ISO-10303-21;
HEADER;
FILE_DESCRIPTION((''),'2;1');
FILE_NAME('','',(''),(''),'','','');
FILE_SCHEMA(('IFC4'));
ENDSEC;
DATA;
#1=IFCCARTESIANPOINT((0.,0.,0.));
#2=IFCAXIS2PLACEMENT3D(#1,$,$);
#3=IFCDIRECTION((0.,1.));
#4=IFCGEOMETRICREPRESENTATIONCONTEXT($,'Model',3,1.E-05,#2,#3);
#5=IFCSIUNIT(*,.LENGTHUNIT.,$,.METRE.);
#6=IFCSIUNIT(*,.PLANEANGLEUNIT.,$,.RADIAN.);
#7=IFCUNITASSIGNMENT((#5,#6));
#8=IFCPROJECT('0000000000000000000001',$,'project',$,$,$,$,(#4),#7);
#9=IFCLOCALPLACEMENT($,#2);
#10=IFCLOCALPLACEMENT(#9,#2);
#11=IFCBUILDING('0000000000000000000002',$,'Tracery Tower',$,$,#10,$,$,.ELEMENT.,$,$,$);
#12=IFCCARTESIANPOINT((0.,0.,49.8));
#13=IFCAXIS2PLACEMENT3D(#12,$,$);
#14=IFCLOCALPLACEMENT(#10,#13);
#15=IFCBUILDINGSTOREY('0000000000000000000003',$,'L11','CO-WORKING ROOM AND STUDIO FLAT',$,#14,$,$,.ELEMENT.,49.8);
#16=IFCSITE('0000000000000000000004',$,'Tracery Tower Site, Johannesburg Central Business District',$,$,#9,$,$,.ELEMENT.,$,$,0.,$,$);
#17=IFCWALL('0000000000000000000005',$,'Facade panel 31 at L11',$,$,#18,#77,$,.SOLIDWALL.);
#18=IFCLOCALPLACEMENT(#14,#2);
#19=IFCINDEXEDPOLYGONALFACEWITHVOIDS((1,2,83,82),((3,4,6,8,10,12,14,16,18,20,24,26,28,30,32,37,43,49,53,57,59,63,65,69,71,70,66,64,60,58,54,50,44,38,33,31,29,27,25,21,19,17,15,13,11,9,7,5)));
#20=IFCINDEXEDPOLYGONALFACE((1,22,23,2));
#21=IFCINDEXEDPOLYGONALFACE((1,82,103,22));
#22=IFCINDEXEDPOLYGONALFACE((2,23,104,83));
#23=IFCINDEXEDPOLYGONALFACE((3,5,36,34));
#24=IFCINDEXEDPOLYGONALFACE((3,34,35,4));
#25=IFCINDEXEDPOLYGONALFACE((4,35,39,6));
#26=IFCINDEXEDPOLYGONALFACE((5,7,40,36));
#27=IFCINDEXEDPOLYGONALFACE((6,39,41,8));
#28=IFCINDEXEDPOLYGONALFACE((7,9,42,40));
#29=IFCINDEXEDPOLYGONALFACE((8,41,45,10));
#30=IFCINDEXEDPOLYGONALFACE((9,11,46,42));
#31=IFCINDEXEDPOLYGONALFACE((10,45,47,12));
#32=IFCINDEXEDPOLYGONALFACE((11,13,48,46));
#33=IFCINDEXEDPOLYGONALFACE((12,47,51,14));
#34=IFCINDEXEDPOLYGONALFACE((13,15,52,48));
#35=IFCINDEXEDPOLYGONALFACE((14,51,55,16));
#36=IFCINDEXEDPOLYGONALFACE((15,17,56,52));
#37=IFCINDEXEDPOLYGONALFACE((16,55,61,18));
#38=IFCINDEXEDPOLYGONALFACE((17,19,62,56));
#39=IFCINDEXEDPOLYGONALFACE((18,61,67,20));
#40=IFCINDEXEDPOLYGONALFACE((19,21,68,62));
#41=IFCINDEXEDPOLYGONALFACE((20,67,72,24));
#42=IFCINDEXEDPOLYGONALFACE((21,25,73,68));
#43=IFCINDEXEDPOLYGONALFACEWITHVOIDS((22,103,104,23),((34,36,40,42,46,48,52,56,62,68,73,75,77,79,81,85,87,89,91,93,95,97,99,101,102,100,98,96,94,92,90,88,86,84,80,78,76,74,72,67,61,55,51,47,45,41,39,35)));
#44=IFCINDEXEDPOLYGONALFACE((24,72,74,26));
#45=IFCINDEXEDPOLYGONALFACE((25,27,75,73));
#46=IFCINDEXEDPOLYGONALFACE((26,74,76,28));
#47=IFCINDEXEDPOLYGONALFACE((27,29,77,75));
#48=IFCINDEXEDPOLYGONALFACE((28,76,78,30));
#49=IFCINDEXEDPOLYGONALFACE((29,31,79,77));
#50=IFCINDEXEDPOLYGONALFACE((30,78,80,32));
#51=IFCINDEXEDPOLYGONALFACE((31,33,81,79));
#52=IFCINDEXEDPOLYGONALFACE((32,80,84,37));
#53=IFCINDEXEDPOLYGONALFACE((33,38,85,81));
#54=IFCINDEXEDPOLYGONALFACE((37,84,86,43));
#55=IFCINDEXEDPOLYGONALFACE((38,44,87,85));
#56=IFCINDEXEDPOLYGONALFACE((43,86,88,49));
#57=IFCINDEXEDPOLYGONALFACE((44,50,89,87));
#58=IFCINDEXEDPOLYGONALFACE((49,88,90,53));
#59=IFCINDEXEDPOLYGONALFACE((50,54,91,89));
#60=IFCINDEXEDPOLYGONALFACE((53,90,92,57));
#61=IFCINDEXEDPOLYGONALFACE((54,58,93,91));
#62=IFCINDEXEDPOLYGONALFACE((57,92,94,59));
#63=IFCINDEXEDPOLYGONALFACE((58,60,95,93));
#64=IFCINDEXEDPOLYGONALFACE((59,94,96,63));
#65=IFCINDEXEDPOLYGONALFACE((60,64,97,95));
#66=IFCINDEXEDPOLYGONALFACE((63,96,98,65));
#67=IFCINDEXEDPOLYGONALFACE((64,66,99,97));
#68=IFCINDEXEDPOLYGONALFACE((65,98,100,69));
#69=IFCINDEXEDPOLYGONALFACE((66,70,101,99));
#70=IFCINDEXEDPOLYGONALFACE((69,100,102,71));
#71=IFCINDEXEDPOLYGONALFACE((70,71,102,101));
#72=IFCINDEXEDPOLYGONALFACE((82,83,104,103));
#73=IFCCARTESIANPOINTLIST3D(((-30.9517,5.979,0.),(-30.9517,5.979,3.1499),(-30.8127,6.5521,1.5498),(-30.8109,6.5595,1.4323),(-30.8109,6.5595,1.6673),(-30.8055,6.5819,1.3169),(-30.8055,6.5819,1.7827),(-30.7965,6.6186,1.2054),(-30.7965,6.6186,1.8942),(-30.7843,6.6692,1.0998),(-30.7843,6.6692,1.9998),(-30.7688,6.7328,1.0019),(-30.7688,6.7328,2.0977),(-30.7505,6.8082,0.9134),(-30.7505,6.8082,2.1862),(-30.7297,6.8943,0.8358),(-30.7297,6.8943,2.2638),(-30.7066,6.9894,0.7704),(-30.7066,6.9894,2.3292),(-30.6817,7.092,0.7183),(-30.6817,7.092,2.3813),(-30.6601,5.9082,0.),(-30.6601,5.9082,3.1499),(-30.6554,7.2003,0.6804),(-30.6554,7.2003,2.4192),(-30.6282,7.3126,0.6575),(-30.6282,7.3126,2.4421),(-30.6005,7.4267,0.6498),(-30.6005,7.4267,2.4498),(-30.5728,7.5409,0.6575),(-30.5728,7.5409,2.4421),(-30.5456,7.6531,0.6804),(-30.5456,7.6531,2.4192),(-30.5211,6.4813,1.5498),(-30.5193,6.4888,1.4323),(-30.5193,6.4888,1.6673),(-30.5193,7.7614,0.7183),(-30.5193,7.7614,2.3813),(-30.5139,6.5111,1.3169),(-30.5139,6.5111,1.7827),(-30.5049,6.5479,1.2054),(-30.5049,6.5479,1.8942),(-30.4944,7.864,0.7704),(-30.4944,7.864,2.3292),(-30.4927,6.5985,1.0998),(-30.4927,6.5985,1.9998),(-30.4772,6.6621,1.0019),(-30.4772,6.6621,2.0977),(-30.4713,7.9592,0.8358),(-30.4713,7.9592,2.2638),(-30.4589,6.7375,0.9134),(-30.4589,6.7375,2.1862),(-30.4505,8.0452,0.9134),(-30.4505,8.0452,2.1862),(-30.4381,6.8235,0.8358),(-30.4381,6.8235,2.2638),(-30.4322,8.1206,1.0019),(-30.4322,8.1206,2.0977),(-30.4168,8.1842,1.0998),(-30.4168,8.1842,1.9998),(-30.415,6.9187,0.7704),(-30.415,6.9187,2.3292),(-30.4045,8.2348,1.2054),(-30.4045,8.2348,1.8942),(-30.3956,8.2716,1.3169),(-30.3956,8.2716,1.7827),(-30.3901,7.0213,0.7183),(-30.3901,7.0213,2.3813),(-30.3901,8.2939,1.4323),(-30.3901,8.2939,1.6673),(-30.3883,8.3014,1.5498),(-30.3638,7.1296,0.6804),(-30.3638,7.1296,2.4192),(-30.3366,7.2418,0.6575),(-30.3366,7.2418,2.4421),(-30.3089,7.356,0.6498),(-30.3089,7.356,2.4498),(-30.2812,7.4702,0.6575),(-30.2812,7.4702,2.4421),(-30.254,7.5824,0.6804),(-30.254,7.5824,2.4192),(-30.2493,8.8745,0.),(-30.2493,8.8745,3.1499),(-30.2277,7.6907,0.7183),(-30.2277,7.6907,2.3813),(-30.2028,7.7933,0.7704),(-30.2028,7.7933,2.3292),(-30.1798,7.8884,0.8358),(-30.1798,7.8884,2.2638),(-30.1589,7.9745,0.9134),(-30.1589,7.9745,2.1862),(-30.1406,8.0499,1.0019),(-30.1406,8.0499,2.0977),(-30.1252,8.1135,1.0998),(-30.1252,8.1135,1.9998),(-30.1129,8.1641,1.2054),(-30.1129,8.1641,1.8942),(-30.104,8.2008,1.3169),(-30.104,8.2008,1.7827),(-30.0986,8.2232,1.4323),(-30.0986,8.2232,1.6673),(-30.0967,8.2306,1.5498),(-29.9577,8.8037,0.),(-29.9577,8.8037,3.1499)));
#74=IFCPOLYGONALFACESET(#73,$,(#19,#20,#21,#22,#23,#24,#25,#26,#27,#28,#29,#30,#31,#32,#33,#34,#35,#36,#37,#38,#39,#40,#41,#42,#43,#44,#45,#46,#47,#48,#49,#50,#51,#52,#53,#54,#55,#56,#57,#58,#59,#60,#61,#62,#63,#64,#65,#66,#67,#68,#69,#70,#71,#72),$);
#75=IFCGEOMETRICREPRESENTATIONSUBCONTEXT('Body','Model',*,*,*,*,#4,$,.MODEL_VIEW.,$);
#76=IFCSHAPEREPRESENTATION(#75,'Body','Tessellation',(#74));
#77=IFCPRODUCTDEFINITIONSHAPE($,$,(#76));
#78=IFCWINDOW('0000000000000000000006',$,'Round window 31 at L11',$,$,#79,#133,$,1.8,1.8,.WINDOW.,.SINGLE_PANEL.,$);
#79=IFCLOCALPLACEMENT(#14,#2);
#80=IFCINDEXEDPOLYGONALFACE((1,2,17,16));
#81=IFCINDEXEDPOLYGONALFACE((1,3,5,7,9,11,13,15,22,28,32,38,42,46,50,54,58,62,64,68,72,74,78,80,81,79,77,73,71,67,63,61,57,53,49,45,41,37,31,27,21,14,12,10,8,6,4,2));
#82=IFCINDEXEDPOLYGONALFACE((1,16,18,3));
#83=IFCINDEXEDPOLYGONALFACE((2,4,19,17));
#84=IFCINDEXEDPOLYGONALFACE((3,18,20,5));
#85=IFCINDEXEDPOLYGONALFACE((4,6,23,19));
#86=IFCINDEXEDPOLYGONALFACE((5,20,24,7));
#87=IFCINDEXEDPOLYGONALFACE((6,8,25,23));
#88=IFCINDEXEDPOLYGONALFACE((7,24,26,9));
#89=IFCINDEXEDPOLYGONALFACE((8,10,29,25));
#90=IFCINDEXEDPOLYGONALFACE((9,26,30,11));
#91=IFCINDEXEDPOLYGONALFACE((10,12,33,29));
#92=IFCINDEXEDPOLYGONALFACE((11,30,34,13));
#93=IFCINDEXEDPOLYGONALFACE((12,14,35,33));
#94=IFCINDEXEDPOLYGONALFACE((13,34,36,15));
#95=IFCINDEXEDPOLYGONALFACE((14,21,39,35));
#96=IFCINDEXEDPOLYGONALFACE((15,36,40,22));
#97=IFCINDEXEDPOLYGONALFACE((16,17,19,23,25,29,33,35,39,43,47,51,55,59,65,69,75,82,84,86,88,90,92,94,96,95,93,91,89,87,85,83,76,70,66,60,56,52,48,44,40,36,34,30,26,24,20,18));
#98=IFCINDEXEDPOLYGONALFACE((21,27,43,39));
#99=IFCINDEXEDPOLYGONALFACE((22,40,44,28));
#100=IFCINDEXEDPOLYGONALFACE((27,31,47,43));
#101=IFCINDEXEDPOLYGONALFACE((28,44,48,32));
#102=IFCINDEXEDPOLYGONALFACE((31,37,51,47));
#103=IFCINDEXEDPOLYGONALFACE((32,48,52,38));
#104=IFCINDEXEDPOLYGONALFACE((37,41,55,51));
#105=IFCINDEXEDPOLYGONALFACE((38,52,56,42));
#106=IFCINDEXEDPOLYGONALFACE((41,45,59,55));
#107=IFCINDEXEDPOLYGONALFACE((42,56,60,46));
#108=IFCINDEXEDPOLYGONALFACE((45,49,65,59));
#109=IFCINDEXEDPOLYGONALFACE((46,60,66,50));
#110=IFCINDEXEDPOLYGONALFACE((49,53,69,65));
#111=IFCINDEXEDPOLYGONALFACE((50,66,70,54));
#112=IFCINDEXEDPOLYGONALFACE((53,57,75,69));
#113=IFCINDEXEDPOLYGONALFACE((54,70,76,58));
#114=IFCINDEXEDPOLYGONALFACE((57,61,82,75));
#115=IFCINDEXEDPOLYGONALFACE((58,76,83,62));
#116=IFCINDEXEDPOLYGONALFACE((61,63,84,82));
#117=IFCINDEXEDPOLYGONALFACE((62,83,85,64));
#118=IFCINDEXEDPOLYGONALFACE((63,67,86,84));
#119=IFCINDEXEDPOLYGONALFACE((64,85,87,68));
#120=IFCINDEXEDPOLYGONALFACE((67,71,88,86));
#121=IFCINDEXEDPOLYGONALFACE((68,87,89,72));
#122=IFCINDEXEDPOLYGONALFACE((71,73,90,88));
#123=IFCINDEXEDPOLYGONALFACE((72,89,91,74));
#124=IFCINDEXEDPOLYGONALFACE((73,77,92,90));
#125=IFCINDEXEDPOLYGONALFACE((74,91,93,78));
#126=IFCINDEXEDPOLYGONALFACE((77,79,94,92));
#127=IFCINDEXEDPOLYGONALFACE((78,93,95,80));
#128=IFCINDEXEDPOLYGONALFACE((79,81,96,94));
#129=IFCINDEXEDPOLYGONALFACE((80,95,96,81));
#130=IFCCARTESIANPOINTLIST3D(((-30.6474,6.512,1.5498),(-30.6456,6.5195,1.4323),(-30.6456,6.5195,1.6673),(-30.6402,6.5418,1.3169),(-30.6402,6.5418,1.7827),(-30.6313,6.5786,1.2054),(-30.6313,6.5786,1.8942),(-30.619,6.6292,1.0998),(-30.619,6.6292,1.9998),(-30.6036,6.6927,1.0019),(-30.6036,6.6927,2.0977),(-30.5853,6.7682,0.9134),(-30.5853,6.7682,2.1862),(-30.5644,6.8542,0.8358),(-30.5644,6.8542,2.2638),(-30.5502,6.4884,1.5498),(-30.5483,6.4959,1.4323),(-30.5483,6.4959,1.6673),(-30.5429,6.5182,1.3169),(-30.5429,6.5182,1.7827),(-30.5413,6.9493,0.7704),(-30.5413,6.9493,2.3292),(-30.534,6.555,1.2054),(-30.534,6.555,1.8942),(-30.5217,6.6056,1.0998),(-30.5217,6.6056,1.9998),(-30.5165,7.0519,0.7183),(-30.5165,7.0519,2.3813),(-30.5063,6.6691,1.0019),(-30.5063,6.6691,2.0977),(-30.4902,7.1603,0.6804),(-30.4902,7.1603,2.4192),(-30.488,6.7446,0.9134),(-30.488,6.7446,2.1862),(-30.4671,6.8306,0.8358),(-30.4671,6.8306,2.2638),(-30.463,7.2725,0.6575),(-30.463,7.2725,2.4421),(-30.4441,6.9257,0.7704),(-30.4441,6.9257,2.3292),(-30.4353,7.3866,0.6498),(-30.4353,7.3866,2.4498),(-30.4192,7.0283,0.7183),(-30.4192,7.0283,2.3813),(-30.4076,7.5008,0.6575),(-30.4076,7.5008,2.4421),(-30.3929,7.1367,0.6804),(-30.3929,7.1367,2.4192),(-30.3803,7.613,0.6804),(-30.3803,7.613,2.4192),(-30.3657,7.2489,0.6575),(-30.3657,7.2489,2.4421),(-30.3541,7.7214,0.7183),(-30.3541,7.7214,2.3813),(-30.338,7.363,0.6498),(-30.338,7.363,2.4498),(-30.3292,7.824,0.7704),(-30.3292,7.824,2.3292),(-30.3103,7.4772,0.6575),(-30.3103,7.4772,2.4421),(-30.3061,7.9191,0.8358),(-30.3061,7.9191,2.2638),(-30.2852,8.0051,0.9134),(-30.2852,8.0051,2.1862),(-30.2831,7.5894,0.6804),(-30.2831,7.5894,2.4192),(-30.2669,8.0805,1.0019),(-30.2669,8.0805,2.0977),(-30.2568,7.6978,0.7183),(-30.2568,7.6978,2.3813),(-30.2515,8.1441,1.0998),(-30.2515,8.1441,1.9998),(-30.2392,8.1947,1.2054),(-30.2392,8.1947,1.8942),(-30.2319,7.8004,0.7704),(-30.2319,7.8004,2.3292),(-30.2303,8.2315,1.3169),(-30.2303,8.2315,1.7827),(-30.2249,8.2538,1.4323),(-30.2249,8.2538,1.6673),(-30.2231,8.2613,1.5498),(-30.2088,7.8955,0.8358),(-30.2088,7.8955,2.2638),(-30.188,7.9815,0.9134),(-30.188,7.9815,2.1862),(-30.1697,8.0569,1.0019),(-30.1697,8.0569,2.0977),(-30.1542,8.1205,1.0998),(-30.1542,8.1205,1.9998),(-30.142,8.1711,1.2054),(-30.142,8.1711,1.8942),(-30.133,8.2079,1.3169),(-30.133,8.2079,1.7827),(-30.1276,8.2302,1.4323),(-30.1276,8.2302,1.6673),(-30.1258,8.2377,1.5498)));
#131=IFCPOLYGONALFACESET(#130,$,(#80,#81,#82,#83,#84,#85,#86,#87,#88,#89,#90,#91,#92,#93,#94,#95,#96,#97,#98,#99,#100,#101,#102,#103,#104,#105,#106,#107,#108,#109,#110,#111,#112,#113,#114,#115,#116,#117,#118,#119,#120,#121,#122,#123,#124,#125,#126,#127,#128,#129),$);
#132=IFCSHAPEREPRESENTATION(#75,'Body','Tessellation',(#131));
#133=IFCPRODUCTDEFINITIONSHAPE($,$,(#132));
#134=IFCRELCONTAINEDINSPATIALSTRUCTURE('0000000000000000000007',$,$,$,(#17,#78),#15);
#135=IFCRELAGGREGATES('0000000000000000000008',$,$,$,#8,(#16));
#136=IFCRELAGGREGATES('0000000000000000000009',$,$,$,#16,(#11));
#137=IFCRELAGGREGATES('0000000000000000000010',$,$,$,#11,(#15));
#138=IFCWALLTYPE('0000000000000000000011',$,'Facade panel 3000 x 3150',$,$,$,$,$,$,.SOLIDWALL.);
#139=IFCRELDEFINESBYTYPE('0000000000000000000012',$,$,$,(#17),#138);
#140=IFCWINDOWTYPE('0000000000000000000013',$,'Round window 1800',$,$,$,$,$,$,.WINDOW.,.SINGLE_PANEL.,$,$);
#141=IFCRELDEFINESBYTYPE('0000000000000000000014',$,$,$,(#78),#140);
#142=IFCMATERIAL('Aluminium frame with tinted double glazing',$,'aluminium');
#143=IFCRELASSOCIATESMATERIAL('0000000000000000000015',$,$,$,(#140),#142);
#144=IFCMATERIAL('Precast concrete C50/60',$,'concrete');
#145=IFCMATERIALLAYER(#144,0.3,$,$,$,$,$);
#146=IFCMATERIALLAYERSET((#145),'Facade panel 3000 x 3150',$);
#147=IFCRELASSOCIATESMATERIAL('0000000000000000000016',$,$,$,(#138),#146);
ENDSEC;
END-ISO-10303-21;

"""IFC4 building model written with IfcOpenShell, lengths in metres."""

from ifc_helpers import new_model, si_unit, direction, frame, frame_2d, origin, origin_2d, place, context, subcontext, project, spatial, rectangle, circle, extrude, material, layer, layer_set, type_object, element, fill, save


model = new_model("IFC4")

# Units and contexts
model_context = context("Model", 3, precision=1e-05, world=origin(), true_north=direction((0.0, 1.0)))
body_context = subcontext(model_context, "Body", "Model", "MODEL_VIEW")
ifc_project = project(units=[si_unit("LENGTHUNIT", "METRE"), si_unit("PLANEANGLEUNIT", "RADIAN")], contexts=[model_context])

# Site, building, storey
site_placement = place(None, origin())
site = spatial("IfcSite", under=ifc_project, at=site_placement, Name="Tracery Tower Site, Johannesburg Central Business District", CompositionType="ELEMENT", RefElevation=0.0)
building_placement = place(site_placement, origin())
building = spatial("IfcBuilding", under=site, at=building_placement, Name="Tracery Tower", CompositionType="ELEMENT")
storey_placement = place(building_placement, frame((0.0, 0.0, 49.8)))
storey = spatial("IfcBuildingStorey", under=building, at=storey_placement, Name="L11", Description="CO-WORKING ROOM AND STUDIO FLAT", CompositionType="ELEMENT", Elevation=49.8)

# Wall, opening, window
ifc_material_1 = material(Name="Aluminium frame with tinted double glazing", Category="aluminium")
window_type = type_object("IfcWindowType", Name="Round window 1800", PartitioningType="SINGLE_PANEL", PredefinedType="WINDOW", material=ifc_material_1)
ifc_material_2 = material(Name="Precast concrete C50/60", Category="concrete")
ifc_layer_1 = layer(ifc_material_2, 0.3)
ifc_layer_set_1 = layer_set([ifc_layer_1], Name="Facade panel 3000 x 3150")
wall_type_1 = type_object("IfcWallType", Name="Facade panel 3000 x 3150", PredefinedType="SOLIDWALL", material=ifc_layer_set_1)
wall_1_placement = place(storey_placement, frame((-30.1035, 8.8391, 0.0), z_axis=(0.0, 0.0, 1.0), x_axis=(-0.235743, -0.971815, 0.0)))
wall_1 = element("IfcWall", 1, at=wall_1_placement, inside=storey, type_object=wall_type_1, Name="Facade panel 31 at L11", PredefinedType="SOLIDWALL", context=body_context, shape_type="SweptSolid", body=[
    extrude(rectangle(XDim=2.9795, YDim=0.3, at=frame_2d((1.4897, 0.0))), origin(), (0.0, 0.0, 1.0), 3.1499),
])
opening_1_placement = place(wall_1_placement, frame((1.4897, 0.0, 1.5498)))
opening_1 = element("IfcOpeningElement", 2, at=opening_1_placement, cuts=wall_1, PredefinedType="OPENING", context=body_context, shape_type="SweptSolid", body=[
    extrude(circle(Radius=0.9, at=origin_2d()), frame((0.0, 0.1599, 0.0), z_axis=(0.0, -1.0, 0.0), x_axis=(1.0, 0.0, 0.0)), (0.0, 0.0, 1.0), 0.3201),
])
window_1_placement = place(opening_1_placement, origin())
window_1 = element("IfcWindow", 3, at=window_1_placement, inside=storey, type_object=window_type, Name="Round window 31 at L11", OverallHeight=1.8, OverallWidth=1.8, PartitioningType="SINGLE_PANEL", PredefinedType="WINDOW", context=body_context, shape_type="SweptSolid", body=[
    extrude(circle(Radius=0.9, at=origin_2d()), frame((0.0, 0.1201, 0.0), z_axis=(0.0, -1.0, 0.0), x_axis=(1.0, 0.0, 0.0)), (0.0, 0.0, 1.0), 0.1001),
])
fill(opening_1, window_1)

save(model, "model.ifc")
